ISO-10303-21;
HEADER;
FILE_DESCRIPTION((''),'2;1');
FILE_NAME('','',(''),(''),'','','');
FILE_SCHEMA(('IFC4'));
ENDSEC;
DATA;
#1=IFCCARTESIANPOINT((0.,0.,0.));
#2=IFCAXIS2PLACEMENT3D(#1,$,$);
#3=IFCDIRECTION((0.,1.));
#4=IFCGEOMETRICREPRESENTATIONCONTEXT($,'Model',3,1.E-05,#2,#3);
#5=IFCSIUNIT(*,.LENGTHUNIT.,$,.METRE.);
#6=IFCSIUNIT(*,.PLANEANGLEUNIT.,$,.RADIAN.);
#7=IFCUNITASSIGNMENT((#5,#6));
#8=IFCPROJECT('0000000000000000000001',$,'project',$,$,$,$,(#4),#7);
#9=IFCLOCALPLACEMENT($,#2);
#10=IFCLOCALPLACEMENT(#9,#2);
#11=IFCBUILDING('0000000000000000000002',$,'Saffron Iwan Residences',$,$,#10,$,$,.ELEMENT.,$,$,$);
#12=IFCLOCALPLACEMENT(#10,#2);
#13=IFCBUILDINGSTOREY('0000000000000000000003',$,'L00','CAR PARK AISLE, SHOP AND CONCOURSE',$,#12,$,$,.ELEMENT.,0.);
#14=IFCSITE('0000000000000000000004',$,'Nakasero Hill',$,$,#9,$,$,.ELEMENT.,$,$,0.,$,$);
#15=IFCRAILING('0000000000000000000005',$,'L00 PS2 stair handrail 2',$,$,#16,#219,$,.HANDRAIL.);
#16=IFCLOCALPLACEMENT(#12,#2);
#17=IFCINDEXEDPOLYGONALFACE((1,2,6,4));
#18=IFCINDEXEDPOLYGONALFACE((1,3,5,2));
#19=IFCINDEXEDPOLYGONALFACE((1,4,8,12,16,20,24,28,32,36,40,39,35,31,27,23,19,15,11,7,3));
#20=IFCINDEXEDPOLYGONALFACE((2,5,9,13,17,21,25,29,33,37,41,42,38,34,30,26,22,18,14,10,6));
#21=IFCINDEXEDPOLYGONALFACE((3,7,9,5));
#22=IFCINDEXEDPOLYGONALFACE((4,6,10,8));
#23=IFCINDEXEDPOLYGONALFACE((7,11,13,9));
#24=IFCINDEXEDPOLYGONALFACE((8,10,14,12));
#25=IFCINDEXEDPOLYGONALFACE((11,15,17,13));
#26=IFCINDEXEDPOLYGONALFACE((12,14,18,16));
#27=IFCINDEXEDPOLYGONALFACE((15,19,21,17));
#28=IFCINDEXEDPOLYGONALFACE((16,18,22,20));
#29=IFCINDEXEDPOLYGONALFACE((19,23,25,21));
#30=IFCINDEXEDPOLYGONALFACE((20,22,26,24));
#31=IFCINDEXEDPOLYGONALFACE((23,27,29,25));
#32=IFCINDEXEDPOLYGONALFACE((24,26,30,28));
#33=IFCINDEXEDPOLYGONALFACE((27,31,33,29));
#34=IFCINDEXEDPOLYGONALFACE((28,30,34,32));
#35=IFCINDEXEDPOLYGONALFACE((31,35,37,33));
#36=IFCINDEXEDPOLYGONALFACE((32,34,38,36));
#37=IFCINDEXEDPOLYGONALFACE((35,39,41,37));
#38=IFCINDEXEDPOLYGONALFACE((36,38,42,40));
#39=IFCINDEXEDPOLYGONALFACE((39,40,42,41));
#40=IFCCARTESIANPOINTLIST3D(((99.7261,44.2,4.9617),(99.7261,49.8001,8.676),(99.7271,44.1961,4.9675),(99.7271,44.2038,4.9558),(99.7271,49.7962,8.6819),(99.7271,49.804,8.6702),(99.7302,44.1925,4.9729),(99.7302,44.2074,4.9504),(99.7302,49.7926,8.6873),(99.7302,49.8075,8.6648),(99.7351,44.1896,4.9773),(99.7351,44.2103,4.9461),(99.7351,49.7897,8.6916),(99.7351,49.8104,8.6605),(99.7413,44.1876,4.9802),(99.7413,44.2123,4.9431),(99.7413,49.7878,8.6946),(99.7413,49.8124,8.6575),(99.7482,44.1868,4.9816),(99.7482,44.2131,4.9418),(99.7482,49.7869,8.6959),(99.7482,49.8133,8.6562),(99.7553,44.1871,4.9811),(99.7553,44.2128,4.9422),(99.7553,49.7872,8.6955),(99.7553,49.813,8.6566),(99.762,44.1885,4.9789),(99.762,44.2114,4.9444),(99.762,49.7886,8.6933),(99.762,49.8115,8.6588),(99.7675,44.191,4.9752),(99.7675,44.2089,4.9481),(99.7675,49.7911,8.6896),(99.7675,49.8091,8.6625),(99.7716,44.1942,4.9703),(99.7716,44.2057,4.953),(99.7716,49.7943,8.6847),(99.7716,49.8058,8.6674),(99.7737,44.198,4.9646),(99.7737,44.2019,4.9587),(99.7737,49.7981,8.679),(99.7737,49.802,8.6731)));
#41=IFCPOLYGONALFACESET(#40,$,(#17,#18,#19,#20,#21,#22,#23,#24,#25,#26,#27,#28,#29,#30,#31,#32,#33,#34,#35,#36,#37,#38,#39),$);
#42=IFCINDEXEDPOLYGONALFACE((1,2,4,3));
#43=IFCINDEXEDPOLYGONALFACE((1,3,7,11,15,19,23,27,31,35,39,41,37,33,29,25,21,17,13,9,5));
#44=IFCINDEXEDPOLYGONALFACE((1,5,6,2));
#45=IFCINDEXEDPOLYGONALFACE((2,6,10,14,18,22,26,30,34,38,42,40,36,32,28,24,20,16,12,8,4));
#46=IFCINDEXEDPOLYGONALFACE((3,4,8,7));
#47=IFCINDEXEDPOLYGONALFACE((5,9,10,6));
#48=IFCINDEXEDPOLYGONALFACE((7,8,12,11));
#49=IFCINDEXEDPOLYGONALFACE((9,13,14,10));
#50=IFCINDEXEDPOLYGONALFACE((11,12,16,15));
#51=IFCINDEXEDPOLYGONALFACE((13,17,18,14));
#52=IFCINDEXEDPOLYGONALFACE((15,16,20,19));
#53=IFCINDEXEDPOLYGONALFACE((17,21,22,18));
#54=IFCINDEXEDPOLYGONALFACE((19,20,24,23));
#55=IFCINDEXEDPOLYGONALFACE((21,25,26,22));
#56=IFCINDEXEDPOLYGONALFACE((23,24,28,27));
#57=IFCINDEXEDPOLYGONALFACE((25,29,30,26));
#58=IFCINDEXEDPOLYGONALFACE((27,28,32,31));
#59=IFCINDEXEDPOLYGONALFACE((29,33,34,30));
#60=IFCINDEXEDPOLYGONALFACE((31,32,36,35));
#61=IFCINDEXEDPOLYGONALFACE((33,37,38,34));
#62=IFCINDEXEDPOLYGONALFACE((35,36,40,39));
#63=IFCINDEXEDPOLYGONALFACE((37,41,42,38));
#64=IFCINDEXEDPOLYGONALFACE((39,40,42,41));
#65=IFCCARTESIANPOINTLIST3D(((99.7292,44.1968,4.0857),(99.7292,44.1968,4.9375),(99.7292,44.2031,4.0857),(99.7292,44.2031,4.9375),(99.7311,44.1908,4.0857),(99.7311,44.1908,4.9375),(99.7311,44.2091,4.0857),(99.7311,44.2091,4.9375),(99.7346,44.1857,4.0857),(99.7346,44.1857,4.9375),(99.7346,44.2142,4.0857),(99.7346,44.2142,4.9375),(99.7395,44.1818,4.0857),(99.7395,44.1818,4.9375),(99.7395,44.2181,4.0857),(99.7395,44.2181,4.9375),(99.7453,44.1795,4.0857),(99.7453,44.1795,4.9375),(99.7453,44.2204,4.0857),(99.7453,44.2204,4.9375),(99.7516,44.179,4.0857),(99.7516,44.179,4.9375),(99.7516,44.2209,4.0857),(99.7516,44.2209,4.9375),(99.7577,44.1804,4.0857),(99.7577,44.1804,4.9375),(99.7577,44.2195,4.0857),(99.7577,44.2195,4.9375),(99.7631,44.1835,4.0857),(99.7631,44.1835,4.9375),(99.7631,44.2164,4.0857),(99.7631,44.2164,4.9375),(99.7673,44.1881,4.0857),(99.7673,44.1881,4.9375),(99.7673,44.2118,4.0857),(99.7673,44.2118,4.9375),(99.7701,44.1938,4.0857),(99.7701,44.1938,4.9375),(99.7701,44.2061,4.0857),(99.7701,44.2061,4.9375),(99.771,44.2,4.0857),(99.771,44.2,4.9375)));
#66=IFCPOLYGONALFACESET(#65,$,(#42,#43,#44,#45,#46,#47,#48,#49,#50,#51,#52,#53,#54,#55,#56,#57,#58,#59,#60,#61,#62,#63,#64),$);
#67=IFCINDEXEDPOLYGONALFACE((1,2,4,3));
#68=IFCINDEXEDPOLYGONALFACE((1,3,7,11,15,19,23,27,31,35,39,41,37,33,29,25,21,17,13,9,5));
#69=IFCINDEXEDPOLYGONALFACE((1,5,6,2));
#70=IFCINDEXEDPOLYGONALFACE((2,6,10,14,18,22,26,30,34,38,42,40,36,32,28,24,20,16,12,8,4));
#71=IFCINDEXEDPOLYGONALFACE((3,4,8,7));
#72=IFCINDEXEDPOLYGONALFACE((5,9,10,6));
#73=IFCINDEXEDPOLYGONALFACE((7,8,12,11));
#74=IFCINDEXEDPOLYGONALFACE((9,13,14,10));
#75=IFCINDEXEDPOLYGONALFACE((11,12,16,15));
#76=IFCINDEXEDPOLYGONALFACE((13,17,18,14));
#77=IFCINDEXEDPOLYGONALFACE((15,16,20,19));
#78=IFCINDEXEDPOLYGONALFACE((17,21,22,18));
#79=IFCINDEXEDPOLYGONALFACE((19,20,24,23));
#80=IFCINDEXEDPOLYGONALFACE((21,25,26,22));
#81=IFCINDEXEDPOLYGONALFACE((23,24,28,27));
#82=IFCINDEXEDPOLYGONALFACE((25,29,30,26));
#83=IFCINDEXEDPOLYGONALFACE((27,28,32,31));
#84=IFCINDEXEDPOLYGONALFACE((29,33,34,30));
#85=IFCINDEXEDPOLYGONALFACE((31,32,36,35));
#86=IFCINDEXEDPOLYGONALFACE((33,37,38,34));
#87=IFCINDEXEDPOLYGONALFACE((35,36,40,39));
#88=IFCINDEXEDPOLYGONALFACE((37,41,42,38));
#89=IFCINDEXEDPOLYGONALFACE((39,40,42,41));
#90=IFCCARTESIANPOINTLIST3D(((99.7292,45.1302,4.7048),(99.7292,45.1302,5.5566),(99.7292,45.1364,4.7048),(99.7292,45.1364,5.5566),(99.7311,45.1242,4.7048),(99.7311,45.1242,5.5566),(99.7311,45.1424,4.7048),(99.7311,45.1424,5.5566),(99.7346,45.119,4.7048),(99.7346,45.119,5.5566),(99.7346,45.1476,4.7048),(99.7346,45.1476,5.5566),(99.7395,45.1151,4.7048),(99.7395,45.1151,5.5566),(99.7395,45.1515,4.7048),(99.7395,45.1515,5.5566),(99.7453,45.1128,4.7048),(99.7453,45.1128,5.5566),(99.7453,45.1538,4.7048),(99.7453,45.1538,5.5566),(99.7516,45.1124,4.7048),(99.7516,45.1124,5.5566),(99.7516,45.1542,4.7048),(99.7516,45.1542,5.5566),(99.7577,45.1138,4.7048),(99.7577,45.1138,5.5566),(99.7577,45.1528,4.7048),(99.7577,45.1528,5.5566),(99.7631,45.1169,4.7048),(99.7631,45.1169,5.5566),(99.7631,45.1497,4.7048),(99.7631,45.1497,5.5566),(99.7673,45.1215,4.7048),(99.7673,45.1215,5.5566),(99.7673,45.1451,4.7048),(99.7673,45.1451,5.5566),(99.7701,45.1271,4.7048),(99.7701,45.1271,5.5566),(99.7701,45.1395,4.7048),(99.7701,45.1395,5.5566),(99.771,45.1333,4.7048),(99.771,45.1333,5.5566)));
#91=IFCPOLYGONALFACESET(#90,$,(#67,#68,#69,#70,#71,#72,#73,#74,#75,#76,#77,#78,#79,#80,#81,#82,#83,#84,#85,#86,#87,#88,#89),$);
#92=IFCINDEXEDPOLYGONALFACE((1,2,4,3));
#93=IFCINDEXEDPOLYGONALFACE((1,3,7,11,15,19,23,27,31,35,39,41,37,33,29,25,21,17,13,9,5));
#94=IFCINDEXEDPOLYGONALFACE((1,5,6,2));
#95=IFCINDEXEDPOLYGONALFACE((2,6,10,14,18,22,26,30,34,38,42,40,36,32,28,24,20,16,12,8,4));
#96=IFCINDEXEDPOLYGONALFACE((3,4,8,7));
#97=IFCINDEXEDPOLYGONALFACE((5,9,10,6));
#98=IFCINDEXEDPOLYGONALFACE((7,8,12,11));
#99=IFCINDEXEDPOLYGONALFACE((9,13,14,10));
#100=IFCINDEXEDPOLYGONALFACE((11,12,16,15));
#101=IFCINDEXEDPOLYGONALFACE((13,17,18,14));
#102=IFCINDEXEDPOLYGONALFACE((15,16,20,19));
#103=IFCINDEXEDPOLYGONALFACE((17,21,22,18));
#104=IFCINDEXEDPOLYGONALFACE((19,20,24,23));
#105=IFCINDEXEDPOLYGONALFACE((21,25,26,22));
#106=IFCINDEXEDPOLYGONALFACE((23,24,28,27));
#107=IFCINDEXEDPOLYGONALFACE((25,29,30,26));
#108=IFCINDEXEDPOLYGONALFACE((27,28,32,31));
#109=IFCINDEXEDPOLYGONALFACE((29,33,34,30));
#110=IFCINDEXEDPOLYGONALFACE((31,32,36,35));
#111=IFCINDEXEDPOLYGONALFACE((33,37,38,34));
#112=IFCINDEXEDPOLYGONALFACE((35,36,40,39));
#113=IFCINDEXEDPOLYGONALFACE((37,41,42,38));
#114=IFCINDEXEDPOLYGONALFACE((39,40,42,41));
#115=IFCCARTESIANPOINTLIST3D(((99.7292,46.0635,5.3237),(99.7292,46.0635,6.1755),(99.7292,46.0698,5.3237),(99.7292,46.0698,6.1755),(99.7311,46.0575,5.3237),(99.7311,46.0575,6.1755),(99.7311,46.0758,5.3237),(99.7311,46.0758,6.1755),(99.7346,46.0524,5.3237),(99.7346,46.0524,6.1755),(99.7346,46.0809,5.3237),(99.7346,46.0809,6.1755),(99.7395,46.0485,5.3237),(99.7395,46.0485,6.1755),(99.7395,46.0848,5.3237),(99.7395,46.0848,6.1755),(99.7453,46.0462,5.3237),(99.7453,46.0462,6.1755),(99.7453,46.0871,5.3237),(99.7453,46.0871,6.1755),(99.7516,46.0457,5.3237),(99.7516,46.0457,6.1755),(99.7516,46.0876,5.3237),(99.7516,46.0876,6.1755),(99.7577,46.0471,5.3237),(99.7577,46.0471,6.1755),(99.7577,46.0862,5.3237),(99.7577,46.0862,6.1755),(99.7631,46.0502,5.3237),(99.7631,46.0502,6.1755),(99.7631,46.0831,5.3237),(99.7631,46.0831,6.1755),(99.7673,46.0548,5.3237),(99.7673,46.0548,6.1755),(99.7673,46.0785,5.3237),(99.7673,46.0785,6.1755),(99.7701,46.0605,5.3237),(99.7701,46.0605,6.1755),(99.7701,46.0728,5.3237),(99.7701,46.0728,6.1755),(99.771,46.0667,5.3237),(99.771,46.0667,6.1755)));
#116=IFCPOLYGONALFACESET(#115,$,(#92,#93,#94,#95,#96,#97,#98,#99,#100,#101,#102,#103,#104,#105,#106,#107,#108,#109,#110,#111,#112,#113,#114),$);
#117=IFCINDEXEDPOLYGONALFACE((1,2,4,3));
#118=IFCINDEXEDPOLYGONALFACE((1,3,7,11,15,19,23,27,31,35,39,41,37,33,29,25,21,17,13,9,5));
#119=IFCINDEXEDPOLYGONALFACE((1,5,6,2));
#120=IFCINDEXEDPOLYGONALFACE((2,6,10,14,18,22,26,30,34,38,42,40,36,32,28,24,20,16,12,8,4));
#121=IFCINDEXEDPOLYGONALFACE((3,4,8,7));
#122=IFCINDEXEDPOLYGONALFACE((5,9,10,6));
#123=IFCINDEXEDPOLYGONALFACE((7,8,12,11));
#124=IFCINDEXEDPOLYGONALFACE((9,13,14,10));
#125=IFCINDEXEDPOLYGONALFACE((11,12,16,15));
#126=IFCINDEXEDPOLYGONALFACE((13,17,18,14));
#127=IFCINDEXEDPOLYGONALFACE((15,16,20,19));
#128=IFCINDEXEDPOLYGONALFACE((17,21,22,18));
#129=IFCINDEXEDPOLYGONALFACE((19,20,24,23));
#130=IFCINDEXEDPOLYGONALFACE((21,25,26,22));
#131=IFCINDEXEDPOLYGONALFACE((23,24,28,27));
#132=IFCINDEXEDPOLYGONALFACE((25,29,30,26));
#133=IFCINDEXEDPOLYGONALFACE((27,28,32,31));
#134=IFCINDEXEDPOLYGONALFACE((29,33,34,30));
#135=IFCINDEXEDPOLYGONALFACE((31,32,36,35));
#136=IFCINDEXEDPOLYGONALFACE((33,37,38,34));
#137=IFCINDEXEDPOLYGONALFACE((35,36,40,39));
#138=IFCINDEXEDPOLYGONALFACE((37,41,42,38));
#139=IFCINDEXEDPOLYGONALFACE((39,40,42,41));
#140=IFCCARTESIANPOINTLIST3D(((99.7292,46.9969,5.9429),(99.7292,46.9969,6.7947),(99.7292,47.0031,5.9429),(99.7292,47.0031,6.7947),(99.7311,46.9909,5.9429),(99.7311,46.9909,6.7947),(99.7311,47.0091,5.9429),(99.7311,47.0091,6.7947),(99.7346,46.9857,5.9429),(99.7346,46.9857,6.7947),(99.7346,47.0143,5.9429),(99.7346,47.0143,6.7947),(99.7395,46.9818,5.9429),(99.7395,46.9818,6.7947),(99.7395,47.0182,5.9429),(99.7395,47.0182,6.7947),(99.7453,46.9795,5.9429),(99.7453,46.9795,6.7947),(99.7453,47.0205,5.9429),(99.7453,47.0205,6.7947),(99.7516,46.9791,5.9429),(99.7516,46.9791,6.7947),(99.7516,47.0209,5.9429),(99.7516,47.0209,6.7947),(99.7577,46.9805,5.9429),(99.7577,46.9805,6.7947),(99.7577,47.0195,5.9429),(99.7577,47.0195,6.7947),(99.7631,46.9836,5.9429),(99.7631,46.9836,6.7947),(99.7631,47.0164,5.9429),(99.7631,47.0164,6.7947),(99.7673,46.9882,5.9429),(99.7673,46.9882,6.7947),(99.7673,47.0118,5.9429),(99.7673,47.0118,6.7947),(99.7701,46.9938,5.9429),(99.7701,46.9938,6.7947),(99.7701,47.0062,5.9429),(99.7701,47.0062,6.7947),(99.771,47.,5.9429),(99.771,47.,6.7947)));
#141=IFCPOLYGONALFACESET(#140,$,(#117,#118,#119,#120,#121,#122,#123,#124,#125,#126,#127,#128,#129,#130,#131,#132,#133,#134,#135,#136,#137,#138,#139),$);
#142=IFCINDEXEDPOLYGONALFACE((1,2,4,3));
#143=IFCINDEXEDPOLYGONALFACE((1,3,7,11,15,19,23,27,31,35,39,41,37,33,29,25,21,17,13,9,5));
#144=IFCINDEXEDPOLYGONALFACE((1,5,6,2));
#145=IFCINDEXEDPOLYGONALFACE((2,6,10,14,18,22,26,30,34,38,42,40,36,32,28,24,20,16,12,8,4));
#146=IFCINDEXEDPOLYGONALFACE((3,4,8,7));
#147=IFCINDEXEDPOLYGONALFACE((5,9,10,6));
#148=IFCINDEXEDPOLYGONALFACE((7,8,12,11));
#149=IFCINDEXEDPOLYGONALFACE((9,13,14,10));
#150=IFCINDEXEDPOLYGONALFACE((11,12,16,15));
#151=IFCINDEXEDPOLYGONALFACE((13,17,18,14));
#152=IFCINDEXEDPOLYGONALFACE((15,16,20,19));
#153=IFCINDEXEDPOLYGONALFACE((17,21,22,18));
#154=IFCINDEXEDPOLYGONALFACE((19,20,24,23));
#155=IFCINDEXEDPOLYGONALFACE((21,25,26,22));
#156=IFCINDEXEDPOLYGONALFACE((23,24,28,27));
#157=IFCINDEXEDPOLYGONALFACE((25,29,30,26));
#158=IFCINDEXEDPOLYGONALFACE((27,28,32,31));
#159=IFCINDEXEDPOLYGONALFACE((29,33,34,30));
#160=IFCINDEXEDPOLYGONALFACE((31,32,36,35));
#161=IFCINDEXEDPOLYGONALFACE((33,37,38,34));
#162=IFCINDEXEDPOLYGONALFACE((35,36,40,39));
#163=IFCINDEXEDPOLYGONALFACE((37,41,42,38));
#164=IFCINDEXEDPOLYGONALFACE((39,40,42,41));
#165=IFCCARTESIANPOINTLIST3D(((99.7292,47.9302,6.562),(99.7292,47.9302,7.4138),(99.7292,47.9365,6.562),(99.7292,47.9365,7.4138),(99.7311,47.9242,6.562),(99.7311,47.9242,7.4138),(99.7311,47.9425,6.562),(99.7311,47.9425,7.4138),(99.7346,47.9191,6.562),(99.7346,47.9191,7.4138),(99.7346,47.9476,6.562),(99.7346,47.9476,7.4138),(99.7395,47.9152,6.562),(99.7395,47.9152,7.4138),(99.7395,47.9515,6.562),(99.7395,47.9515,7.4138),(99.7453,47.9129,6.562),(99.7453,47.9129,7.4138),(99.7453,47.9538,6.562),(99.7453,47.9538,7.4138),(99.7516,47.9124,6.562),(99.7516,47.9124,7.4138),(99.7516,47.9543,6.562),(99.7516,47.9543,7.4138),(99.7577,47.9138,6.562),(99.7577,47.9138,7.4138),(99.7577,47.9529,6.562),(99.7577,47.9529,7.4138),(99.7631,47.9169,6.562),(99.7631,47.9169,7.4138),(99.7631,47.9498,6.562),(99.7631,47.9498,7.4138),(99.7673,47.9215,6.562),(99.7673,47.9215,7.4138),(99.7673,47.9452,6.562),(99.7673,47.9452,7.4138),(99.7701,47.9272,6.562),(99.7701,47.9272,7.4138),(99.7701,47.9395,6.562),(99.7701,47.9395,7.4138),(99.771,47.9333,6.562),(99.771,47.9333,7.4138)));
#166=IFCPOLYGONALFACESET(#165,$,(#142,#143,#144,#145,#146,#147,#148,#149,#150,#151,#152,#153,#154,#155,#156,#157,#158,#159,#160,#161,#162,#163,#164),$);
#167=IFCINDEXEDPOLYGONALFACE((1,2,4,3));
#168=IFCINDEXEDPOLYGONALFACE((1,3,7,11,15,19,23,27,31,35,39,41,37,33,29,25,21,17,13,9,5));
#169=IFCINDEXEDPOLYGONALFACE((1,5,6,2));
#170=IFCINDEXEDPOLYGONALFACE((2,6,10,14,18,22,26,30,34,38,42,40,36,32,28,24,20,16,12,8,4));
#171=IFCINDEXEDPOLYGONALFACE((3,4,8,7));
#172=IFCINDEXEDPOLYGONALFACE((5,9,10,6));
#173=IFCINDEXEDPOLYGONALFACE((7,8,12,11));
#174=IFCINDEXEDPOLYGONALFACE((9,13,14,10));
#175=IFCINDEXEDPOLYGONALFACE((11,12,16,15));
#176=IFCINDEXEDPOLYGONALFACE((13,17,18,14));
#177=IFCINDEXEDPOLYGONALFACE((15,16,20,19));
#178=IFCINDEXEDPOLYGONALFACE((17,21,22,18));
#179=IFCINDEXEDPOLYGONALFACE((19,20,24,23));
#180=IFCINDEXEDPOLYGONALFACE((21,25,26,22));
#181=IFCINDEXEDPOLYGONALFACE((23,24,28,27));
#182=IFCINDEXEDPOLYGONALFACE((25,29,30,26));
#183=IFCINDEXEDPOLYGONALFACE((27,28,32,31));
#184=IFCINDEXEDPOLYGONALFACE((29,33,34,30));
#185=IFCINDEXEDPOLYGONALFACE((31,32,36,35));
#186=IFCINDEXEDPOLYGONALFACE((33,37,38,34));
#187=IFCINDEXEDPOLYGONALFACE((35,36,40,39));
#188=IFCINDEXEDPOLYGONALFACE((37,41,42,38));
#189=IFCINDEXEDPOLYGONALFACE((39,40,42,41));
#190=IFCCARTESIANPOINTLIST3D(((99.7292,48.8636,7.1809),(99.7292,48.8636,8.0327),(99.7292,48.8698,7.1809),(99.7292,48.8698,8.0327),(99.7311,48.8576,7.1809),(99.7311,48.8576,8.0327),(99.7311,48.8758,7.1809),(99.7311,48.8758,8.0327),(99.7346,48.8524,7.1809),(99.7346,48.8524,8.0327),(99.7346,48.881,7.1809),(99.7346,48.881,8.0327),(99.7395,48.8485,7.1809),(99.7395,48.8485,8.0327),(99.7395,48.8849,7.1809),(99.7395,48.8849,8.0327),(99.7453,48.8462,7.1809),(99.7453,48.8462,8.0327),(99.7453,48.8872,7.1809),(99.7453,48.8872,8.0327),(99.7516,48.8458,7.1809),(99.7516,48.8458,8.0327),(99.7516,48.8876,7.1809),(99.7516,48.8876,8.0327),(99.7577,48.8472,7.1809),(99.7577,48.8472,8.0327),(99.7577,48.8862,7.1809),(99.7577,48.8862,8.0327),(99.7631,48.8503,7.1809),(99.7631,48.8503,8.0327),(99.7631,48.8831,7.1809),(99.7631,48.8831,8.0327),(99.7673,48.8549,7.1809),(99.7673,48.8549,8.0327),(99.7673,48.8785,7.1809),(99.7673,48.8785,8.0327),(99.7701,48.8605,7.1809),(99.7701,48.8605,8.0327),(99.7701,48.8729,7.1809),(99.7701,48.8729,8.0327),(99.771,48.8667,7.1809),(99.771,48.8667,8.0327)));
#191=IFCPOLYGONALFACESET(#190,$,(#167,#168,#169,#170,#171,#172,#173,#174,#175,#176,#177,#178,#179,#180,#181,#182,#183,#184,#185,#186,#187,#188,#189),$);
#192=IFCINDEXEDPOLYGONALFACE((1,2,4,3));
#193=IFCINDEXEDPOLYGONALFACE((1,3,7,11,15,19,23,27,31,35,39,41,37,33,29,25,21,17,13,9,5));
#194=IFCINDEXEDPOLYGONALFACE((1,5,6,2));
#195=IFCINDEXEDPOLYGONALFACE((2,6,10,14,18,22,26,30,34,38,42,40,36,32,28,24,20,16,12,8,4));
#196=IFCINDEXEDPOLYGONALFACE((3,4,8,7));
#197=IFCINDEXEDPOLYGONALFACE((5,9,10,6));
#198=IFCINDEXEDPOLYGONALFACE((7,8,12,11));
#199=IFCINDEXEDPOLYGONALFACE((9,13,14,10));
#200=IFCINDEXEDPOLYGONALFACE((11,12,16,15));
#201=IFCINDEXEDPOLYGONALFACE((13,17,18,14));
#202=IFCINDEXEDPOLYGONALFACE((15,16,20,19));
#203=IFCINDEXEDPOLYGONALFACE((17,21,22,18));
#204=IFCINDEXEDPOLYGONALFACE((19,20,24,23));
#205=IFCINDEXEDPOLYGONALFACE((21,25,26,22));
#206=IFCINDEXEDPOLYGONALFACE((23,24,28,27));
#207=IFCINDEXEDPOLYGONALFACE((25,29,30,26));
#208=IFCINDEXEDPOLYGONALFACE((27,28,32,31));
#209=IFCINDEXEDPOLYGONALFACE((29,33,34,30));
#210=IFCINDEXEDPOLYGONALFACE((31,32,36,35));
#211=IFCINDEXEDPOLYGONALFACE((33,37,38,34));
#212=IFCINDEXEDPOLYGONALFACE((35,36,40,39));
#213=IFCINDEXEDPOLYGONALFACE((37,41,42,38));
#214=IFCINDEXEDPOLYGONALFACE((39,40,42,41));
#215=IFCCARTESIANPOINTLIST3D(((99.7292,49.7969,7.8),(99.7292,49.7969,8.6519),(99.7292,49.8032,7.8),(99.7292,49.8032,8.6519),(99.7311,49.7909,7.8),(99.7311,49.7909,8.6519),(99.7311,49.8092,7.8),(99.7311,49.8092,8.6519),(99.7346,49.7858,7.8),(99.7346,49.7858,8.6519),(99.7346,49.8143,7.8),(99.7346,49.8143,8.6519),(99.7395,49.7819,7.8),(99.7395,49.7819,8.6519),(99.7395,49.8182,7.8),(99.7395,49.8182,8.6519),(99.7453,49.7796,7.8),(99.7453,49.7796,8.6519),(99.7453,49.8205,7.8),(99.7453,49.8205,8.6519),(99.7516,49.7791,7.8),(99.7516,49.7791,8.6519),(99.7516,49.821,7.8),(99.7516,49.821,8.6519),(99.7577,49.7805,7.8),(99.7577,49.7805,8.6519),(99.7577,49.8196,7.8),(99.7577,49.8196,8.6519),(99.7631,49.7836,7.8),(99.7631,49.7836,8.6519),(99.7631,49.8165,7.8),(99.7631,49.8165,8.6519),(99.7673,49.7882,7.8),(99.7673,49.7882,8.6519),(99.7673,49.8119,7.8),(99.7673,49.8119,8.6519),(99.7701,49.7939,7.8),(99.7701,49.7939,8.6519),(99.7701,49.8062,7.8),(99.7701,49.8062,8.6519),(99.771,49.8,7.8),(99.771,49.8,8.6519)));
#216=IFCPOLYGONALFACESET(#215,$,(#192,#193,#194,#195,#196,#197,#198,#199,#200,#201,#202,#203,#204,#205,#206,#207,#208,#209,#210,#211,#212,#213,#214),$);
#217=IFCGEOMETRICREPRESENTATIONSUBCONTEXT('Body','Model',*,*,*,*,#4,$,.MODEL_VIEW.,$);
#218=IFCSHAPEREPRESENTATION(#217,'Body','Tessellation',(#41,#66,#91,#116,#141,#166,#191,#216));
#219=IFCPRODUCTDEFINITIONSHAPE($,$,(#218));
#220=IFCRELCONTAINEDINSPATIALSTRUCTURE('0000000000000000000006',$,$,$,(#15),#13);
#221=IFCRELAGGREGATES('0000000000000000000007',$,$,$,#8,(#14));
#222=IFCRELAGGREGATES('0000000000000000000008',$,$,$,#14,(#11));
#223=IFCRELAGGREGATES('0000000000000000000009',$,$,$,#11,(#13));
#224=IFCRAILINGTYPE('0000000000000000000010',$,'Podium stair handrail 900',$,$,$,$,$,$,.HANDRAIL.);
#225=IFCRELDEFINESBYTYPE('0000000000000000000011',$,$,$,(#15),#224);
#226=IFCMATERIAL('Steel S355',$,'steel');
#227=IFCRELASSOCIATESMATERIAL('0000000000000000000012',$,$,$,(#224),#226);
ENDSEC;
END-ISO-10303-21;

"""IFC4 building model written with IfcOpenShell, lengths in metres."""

from ifc_helpers import new_model, si_unit, direction, frame, origin, origin_2d, place, context, subcontext, project, spatial, circle, extrude, material, type_object, element, save


model = new_model("IFC4")

# Units and contexts
model_context = context("Model", 3, precision=1e-05, world=origin(), true_north=direction((0.0, 1.0)))
body_context = subcontext(model_context, "Body", "Model", "MODEL_VIEW")
ifc_project = project(units=[si_unit("LENGTHUNIT", "METRE"), si_unit("PLANEANGLEUNIT", "RADIAN")], contexts=[model_context])

# Site, building, storey
site_placement = place(None, origin())
site = spatial("IfcSite", under=ifc_project, at=site_placement, Name="Nakasero Hill", CompositionType="ELEMENT", RefElevation=0.0)
building_placement = place(site_placement, origin())
building = spatial("IfcBuilding", under=site, at=building_placement, Name="Saffron Iwan Residences", CompositionType="ELEMENT")
storey_placement = place(building_placement, origin())
storey = spatial("IfcBuildingStorey", under=building, at=storey_placement, Name="L00", Description="CAR PARK AISLE, SHOP AND CONCOURSE", CompositionType="ELEMENT", Elevation=0.0)

# Railing
ifc_material_1 = material(Name="Steel S355", Category="steel")
railing_type_1 = type_object("IfcRailingType", Name="Podium stair handrail 900", PredefinedType="HANDRAIL", material=ifc_material_1)
railing_1_placement = place(storey_placement, frame((99.75, 44.2, 4.0857)))
element("IfcRailing", 1, at=railing_1_placement, inside=storey, type_object=railing_type_1, Name="L00 PS2 stair handrail 2", PredefinedType="HANDRAIL", context=body_context, shape_type="SweptSolid", body=[
    extrude(circle(Radius=0.0239, at=origin_2d()), frame((0.0, 0.0, 0.876), z_axis=(0.0, 0.833356, 0.552737), x_axis=(-1.0, 0.0, 0.0)), (0.0, 0.0, 1.0), 6.72),
    extrude(circle(Radius=0.021, at=origin_2d()), origin(), (0.0, 0.0, 1.0), 0.8518),
    extrude(circle(Radius=0.021, at=origin_2d()), frame((0.0, 0.9333, 0.6191)), (0.0, 0.0, 1.0), 0.8518),
    extrude(circle(Radius=0.021, at=origin_2d()), frame((0.0, 1.8667, 1.238)), (0.0, 0.0, 1.0), 0.8518),
    extrude(circle(Radius=0.021, at=origin_2d()), frame((0.0, 2.8, 1.8572)), (0.0, 0.0, 1.0), 0.8518),
    extrude(circle(Radius=0.021, at=origin_2d()), frame((0.0, 3.7334, 2.4763)), (0.0, 0.0, 1.0), 0.8518),
    extrude(circle(Radius=0.021, at=origin_2d()), frame((0.0, 4.6667, 3.0952)), (0.0, 0.0, 1.0), 0.8518),
    extrude(circle(Radius=0.021, at=origin_2d()), frame((0.0, 5.6001, 3.7144)), (0.0, 0.0, 1.0), 0.8518),
])

save(model, "model.ifc")
